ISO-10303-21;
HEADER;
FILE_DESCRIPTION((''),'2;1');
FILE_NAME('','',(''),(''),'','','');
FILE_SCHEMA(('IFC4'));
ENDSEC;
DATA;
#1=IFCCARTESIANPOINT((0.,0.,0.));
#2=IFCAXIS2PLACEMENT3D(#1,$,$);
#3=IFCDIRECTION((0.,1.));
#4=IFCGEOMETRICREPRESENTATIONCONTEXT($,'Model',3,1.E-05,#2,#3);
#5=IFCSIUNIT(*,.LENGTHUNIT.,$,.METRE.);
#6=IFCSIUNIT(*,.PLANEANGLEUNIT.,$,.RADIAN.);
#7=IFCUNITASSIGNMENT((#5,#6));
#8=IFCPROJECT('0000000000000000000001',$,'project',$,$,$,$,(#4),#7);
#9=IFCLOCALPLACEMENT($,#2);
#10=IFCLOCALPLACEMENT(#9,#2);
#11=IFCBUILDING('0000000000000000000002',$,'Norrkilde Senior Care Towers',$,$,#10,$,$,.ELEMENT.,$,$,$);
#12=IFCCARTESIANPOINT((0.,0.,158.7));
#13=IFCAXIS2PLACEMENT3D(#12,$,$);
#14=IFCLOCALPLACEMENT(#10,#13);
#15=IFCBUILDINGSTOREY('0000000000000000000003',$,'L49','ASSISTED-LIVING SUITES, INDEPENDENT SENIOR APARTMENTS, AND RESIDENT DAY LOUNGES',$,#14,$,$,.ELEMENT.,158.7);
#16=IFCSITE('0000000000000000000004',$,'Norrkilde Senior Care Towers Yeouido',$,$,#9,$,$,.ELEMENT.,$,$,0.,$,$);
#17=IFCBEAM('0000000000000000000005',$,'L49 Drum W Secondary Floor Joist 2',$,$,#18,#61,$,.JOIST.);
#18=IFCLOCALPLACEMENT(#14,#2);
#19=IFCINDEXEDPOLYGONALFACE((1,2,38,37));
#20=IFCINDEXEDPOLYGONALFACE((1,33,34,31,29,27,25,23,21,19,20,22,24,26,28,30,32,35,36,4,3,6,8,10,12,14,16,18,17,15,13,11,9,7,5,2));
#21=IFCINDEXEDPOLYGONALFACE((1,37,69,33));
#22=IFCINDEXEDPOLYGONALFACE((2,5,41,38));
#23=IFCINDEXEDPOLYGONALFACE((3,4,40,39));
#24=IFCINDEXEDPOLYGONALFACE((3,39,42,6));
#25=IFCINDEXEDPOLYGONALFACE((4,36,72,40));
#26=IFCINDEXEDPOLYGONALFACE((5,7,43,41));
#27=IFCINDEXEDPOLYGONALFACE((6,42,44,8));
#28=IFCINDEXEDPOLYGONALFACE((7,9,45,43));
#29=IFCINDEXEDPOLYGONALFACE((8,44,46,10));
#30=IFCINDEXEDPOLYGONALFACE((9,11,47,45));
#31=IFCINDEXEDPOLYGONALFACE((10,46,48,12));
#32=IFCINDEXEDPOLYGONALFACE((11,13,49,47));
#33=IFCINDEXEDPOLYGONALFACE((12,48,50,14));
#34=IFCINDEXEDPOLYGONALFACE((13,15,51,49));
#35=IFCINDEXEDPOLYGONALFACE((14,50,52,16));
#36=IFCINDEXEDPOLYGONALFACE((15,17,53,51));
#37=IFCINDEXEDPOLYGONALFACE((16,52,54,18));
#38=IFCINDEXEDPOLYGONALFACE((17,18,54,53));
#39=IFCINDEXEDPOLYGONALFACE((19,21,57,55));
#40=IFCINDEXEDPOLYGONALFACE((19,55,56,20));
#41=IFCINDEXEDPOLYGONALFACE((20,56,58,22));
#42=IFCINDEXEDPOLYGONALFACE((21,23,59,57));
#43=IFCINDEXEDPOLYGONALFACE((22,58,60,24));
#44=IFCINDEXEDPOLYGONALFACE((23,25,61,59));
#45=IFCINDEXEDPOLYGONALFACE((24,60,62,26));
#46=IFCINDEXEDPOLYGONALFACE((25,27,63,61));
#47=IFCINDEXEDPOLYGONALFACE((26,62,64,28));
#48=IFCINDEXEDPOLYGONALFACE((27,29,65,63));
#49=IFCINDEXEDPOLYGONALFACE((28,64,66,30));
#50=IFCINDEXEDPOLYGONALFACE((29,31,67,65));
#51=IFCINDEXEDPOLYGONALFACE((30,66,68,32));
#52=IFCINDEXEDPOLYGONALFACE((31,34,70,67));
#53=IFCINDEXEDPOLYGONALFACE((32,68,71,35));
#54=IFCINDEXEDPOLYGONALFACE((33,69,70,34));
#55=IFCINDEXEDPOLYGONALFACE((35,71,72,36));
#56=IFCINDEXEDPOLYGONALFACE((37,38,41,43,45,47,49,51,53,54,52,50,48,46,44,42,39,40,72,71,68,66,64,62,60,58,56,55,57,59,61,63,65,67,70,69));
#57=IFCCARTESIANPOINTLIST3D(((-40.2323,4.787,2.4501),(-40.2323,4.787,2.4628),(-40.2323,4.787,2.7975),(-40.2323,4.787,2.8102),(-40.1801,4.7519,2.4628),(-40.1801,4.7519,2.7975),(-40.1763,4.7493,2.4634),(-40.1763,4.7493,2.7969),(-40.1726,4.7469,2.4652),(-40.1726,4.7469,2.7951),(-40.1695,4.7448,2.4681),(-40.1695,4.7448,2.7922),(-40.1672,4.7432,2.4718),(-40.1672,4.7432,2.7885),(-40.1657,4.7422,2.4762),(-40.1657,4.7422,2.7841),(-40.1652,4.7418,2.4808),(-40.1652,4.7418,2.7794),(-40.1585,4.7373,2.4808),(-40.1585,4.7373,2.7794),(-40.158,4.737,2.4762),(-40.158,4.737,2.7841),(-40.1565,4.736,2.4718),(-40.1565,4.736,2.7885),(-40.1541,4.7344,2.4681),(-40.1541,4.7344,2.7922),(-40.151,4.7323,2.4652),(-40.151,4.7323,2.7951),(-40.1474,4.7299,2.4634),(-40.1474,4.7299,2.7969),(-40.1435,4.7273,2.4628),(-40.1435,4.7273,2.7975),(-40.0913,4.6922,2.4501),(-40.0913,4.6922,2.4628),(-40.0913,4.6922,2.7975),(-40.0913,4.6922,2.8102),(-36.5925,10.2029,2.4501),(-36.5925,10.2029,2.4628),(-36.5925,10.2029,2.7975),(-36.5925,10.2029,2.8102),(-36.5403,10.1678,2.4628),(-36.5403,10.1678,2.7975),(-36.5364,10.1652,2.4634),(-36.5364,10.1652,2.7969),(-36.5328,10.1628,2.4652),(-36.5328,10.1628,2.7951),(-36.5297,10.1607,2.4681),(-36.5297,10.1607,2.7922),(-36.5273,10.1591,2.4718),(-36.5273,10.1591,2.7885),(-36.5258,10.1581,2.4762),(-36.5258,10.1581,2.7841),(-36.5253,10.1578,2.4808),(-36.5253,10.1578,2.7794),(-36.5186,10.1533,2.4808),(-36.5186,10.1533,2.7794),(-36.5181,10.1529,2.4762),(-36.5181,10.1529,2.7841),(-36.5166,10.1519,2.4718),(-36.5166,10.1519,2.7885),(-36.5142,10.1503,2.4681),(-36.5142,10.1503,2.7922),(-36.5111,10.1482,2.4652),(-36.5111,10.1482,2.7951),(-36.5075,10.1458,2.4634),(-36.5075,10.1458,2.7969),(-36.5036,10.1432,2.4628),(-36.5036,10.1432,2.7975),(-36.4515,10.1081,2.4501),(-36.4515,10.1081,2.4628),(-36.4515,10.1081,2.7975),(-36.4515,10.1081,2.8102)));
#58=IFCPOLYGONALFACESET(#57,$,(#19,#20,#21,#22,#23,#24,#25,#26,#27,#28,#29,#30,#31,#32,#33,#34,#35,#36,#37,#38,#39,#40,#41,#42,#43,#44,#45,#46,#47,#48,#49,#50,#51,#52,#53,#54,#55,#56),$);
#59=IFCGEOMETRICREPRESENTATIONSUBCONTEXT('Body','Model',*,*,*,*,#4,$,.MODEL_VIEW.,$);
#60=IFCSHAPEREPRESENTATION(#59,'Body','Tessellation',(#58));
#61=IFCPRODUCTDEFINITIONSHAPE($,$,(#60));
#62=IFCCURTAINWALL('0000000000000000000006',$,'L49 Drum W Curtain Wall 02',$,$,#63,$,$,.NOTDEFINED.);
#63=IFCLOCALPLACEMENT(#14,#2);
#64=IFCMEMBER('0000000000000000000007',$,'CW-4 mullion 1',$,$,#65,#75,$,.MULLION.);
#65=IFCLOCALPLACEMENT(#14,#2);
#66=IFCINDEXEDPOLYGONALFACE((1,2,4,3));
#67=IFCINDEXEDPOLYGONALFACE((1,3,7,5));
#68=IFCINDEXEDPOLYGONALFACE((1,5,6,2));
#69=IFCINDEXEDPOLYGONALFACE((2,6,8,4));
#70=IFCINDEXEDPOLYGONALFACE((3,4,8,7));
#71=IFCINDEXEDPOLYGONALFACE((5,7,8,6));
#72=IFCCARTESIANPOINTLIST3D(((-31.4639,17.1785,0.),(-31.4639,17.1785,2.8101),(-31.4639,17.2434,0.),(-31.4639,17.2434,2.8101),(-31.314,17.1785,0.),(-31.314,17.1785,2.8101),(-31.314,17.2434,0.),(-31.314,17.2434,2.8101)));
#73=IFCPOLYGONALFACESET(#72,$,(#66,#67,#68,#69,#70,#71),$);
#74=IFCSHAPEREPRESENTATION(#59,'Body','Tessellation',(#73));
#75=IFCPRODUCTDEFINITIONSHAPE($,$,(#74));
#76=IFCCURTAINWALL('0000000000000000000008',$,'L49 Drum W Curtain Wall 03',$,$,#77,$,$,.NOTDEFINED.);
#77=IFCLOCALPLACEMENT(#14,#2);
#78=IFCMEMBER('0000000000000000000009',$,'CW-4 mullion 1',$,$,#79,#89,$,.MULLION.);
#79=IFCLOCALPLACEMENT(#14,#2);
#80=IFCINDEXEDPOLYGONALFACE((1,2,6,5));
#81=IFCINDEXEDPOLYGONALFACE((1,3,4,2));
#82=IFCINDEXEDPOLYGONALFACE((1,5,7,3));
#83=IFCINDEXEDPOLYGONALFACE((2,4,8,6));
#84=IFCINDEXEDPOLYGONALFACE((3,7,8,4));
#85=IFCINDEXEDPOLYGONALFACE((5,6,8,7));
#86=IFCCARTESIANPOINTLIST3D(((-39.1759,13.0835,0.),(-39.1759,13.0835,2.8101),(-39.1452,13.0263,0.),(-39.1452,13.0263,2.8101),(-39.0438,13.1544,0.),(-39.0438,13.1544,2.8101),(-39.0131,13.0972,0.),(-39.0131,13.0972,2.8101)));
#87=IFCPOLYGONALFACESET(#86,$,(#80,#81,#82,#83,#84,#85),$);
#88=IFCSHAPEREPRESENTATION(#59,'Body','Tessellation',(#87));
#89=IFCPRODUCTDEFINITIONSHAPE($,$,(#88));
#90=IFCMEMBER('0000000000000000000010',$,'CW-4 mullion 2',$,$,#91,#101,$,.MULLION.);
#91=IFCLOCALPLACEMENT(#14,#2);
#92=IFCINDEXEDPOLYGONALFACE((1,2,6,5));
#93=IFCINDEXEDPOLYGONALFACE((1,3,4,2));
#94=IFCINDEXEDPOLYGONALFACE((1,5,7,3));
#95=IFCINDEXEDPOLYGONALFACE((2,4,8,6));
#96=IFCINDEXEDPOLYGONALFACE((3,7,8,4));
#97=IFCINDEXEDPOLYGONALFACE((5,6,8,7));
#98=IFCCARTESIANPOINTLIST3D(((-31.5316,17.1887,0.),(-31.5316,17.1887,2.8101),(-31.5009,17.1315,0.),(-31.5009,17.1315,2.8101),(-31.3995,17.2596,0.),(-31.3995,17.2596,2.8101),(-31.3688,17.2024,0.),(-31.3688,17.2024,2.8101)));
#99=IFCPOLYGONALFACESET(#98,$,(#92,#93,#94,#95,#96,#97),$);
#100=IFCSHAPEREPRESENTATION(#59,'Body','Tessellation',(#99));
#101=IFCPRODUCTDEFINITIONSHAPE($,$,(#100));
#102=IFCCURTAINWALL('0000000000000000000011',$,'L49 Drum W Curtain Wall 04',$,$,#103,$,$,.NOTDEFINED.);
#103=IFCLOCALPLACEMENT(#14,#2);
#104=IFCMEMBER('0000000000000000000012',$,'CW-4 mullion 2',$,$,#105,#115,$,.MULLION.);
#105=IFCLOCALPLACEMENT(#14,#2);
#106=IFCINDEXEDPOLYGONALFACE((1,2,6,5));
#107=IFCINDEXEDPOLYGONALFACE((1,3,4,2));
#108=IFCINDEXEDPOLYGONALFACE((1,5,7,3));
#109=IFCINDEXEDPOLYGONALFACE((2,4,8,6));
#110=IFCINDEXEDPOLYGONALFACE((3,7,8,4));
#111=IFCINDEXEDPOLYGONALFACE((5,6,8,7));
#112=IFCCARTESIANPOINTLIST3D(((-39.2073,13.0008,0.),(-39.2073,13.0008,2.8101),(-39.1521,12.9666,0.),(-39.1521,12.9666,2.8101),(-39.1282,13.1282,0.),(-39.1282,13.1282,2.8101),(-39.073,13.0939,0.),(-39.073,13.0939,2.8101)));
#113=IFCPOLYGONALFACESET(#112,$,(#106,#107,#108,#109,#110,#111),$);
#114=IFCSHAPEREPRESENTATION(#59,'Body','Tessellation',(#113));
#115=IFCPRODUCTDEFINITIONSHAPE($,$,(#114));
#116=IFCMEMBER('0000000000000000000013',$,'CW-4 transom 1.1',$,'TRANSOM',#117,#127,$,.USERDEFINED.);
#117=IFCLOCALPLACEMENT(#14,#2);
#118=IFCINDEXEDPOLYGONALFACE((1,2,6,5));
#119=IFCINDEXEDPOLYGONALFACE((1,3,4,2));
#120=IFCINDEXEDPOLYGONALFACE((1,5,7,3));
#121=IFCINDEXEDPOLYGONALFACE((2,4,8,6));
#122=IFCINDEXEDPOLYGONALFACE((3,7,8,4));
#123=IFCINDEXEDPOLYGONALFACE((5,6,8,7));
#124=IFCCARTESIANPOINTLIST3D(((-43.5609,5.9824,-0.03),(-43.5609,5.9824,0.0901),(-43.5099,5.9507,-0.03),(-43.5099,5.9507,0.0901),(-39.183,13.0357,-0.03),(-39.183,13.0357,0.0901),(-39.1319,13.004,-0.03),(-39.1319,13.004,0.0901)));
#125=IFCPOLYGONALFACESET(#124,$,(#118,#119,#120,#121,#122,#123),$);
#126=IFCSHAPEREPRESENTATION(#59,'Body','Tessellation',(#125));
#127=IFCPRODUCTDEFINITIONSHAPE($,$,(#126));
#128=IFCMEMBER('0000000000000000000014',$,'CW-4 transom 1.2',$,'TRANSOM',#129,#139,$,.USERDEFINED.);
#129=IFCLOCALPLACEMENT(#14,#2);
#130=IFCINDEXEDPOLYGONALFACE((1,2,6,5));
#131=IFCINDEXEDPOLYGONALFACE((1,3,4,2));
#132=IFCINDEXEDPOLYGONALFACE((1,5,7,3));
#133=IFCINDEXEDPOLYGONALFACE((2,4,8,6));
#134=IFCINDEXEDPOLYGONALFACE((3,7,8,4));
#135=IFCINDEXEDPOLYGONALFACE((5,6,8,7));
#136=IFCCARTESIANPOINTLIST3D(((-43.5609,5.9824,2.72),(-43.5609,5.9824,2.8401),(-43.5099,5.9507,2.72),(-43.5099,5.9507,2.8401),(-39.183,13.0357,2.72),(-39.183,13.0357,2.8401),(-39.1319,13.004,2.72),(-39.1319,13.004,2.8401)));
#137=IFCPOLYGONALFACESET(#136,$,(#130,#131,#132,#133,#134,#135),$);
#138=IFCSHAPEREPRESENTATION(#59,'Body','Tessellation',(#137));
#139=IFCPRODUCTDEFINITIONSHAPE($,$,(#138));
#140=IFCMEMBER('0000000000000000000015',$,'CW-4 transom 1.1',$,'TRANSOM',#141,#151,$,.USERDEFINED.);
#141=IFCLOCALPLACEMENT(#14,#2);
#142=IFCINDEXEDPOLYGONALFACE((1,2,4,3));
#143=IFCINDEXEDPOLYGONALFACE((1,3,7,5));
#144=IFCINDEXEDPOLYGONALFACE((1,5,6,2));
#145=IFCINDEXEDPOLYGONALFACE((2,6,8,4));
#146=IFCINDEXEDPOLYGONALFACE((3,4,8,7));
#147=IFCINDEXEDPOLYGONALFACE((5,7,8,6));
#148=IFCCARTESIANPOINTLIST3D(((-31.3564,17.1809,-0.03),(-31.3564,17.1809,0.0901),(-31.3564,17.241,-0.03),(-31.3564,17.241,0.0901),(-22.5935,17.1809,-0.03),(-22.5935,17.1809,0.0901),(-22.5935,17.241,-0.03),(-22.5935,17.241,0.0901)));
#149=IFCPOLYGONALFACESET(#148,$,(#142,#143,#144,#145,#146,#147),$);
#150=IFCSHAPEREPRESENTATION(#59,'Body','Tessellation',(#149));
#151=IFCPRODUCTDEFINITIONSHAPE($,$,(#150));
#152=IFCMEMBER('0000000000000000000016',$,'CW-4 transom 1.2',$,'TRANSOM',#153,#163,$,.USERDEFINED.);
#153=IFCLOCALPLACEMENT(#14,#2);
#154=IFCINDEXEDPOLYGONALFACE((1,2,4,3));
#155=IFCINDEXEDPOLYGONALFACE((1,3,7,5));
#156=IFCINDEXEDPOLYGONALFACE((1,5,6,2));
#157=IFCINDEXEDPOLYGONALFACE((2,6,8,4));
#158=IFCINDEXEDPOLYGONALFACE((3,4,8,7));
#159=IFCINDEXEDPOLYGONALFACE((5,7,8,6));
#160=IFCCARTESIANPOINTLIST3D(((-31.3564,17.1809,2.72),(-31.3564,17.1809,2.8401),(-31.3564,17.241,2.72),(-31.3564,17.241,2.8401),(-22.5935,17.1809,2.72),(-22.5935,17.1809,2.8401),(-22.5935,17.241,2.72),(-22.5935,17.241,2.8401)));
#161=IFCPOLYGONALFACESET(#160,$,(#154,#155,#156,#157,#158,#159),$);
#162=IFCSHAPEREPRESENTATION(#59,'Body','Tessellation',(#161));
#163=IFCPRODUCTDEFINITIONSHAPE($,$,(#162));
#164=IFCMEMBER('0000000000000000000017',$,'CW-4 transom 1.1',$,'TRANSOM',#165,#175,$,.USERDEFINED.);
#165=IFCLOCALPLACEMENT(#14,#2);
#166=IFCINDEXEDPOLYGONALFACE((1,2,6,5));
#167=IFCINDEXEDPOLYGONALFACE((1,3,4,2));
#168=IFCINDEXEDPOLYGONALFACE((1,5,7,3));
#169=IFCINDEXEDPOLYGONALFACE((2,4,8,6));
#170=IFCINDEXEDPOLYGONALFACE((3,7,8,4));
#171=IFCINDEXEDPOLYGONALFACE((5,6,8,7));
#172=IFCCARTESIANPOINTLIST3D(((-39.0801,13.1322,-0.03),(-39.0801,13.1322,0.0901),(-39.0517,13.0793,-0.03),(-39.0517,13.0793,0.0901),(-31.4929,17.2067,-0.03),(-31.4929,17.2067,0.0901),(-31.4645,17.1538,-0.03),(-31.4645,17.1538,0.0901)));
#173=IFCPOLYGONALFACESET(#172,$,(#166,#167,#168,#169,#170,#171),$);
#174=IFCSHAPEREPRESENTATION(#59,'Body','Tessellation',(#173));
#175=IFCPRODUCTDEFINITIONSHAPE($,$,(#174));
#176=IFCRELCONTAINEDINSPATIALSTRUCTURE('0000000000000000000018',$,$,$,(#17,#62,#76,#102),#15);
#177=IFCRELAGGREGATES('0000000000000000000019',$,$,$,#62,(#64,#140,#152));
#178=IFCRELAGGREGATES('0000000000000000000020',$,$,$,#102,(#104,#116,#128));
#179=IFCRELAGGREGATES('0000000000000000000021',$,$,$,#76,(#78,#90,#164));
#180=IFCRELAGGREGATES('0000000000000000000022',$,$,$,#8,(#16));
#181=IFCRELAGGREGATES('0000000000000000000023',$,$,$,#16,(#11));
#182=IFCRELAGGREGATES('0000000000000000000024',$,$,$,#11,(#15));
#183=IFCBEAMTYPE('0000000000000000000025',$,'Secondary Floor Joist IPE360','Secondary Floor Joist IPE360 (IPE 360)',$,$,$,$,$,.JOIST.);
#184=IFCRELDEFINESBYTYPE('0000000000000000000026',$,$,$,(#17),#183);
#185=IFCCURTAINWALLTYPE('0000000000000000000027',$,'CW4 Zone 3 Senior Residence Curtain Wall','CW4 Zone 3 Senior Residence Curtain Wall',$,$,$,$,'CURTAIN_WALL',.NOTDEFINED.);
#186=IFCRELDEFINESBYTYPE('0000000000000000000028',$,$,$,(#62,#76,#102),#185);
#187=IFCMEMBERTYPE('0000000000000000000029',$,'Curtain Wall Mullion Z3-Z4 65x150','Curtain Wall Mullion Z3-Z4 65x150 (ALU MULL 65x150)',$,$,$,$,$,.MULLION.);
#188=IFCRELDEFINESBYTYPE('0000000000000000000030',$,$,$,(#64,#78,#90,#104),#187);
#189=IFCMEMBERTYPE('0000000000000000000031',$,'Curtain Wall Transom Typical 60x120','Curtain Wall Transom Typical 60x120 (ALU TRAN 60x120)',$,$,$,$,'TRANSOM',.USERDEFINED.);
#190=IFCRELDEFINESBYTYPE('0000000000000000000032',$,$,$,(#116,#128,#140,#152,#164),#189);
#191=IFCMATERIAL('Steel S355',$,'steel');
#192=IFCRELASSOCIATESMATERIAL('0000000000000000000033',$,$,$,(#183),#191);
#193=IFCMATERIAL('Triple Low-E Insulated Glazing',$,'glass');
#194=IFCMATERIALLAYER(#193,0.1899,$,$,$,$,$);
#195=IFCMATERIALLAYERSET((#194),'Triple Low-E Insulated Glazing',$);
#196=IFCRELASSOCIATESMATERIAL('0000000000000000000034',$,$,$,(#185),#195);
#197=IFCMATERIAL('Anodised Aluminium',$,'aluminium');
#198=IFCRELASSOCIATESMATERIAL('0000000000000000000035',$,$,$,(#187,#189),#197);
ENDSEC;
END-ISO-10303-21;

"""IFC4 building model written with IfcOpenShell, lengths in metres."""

from ifc_helpers import new_model, si_unit, direction, frame, origin, origin_2d, place, context, subcontext, project, spatial, rectangle, i_section, extrude, source, transform, mapped, material, layer, layer_set, material_profile, profile_set, type_object, type_shapes, element, aggregate, save


model = new_model("IFC4")

# Units and contexts
model_context = context("Model", 3, precision=1e-05, world=origin(), true_north=direction((0.0, 1.0)))
body_context = subcontext(model_context, "Body", "Model", "MODEL_VIEW")
ifc_project = project(units=[si_unit("LENGTHUNIT", "METRE"), si_unit("PLANEANGLEUNIT", "RADIAN")], contexts=[model_context])

# Site, building, storey
site_placement = place(None, origin())
site = spatial("IfcSite", under=ifc_project, at=site_placement, Name="Norrkilde Senior Care Towers Yeouido", CompositionType="ELEMENT", RefElevation=0.0)
building_placement = place(site_placement, origin())
building = spatial("IfcBuilding", under=site, at=building_placement, Name="Norrkilde Senior Care Towers", CompositionType="ELEMENT")
storey_placement = place(building_placement, frame((0.0, 0.0, 158.7)))
storey = spatial("IfcBuildingStorey", under=building, at=storey_placement, Name="L49", Description="ASSISTED-LIVING SUITES, INDEPENDENT SENIOR APARTMENTS, AND RESIDENT DAY LOUNGES", CompositionType="ELEMENT", Elevation=158.7)

# Beam
ifc_material_1 = material(Name="Steel S355", Category="steel")
ifc_material_profile_1 = material_profile(ifc_material_1, i_section(OverallWidth=0.1699, OverallDepth=0.3601, WebThickness=0.0081, FlangeThickness=0.0127, FilletRadius=0.0181, at=origin_2d()), Name="IPE 360")
ifc_profile_set_1 = profile_set([ifc_material_profile_1], Name="Steel S355")
beam_type_1 = type_object("IfcBeamType", Name="Secondary Floor Joist IPE360", Description="Secondary Floor Joist IPE360 (IPE 360)", PredefinedType="JOIST", material=ifc_profile_set_1)
shared_shape_1 = source(origin(), body_context, "Body", "SweptSolid", [
    extrude(i_section(OverallWidth=0.1699, OverallDepth=0.3601, WebThickness=0.0081, FlangeThickness=0.0127, FilletRadius=0.0181, at=origin_2d()), origin(), (0.0, 0.0, 1.0), 6.5254),
])
type_shapes(beam_type_1, [shared_shape_1])
beam_1_placement = place(storey_placement, frame((-36.522, 10.1555, 2.6301), z_axis=(-0.557796, -0.829978, 0.0), x_axis=(0.829978, -0.557796, 0.0)))
element("IfcBeam", 1, at=beam_1_placement, inside=storey, type_object=beam_type_1, Name="L49 Drum W Secondary Floor Joist 2", PredefinedType="JOIST", context=body_context, shape_type="MappedRepresentation", body=[
    mapped(shared_shape_1, transform((0.0, 0.0, 0.0), x_axis=(1.0, 0.0, 0.0), y_axis=(0.0, 1.0, 0.0), z_axis=(0.0, 0.0, 1.0), scale=1.0)),
])

# Curtain wall, member
ifc_material_2 = material(Name="Triple Low-E Insulated Glazing", Category="glass")
ifc_layer_1 = layer(ifc_material_2, 0.1899)
ifc_layer_set_1 = layer_set([ifc_layer_1], Name="Triple Low-E Insulated Glazing")
curtain_wall_type = type_object("IfcCurtainWallType", Name="CW4 Zone 3 Senior Residence Curtain Wall", Description="CW4 Zone 3 Senior Residence Curtain Wall", ElementType="CURTAIN_WALL", PredefinedType="NOTDEFINED", material=ifc_layer_set_1)
curtain_wall_1_placement = place(storey_placement, origin())
curtain_wall_1 = element("IfcCurtainWall", 2, at=curtain_wall_1_placement, inside=storey, type_object=curtain_wall_type, Name="L49 Drum W Curtain Wall 02", PredefinedType="NOTDEFINED")
ifc_material_3 = material(Name="Anodised Aluminium", Category="aluminium")
ifc_material_profile_2 = material_profile(ifc_material_3, rectangle(XDim=0.0649, YDim=0.1499, at=origin_2d()), Name="ALU MULL 65x150")
ifc_profile_set_2 = profile_set([ifc_material_profile_2], Name="Anodised Aluminium")
member_type_1 = type_object("IfcMemberType", Name="Curtain Wall Mullion Z3-Z4 65x150", Description="Curtain Wall Mullion Z3-Z4 65x150 (ALU MULL 65x150)", PredefinedType="MULLION", material=ifc_profile_set_2)
shared_shape_2 = source(origin(), body_context, "Body", "SweptSolid", [
    extrude(rectangle(XDim=0.0649, YDim=0.1499, at=origin_2d()), origin(), (0.0, 0.0, 1.0), 2.8101),
])
type_shapes(member_type_1, [shared_shape_2])
member_1_placement = place(storey_placement, frame((-31.3889, 17.2109, 0.0), z_axis=(0.0, 0.0, 1.0), x_axis=(0.0, 1.0, 0.0)))
member_1 = element("IfcMember", 3, at=member_1_placement, type_object=member_type_1, Name="CW-4 mullion 1", PredefinedType="MULLION", context=body_context, shape_type="MappedRepresentation", body=[
    mapped(shared_shape_2, transform((0.0, 0.0, 0.0), x_axis=(1.0, 0.0, 0.0), y_axis=(0.0, 1.0, 0.0), z_axis=(0.0, 0.0, 1.0), scale=1.0)),
])

# Curtain walls, members
curtain_wall_2_placement = place(storey_placement, origin())
curtain_wall_2 = element("IfcCurtainWall", 4, at=curtain_wall_2_placement, inside=storey, type_object=curtain_wall_type, Name="L49 Drum W Curtain Wall 03", PredefinedType="NOTDEFINED")
member_2_placement = place(storey_placement, frame((-39.0945, 13.0903, 0.0), z_axis=(0.0, 0.0, 1.0), x_axis=(-0.473117, 0.881, 0.0)))
member_2 = element("IfcMember", 5, at=member_2_placement, type_object=member_type_1, Name="CW-4 mullion 1", PredefinedType="MULLION", context=body_context, shape_type="MappedRepresentation", body=[
    mapped(shared_shape_2, transform((0.0, 0.0, 0.0), x_axis=(1.0, 0.0, 0.0), y_axis=(0.0, 1.0, 0.0), z_axis=(0.0, 0.0, 1.0), scale=1.0)),
])
member_3_placement = place(storey_placement, frame((-31.4502, 17.1956, 0.0), z_axis=(0.0, 0.0, 1.0), x_axis=(-0.473117, 0.881, 0.0)))
member_3 = element("IfcMember", 6, at=member_3_placement, type_object=member_type_1, Name="CW-4 mullion 2", PredefinedType="MULLION", context=body_context, shape_type="MappedRepresentation", body=[
    mapped(shared_shape_2, transform((0.0, 0.0, 0.0), x_axis=(1.0, 0.0, 0.0), y_axis=(0.0, 1.0, 0.0), z_axis=(0.0, 0.0, 1.0), scale=1.0)),
])
curtain_wall_3_placement = place(storey_placement, origin())
curtain_wall_3 = element("IfcCurtainWall", 7, at=curtain_wall_3_placement, inside=storey, type_object=curtain_wall_type, Name="L49 Drum W Curtain Wall 04", PredefinedType="NOTDEFINED")
member_4_placement = place(storey_placement, frame((-39.1401, 13.0474, 0.0), z_axis=(0.0, 0.0, 1.0), x_axis=(-0.849634, 0.527373, 0.0)))
member_4 = element("IfcMember", 8, at=member_4_placement, type_object=member_type_1, Name="CW-4 mullion 2", PredefinedType="MULLION", context=body_context, shape_type="MappedRepresentation", body=[
    mapped(shared_shape_2, transform((0.0, 0.0, 0.0), x_axis=(1.0, 0.0, 0.0), y_axis=(0.0, 1.0, 0.0), z_axis=(0.0, 0.0, 1.0), scale=1.0)),
])
ifc_material_profile_3 = material_profile(ifc_material_3, rectangle(XDim=0.0601, YDim=0.1201, at=origin_2d()), Name="ALU TRAN 60x120")
ifc_profile_set_3 = profile_set([ifc_material_profile_3], Name="Anodised Aluminium")
member_type_2 = type_object("IfcMemberType", Name="Curtain Wall Transom Typical 60x120", Description="Curtain Wall Transom Typical 60x120 (ALU TRAN 60x120)", ElementType="TRANSOM", PredefinedType="USERDEFINED", material=ifc_profile_set_3)
shared_shape_3 = source(origin(), body_context, "Body", "SweptSolid", [
    extrude(rectangle(XDim=0.0601, YDim=0.1201, at=origin_2d()), origin(), (0.0, 0.0, 1.0), 8.3015),
])
member_5_placement = place(storey_placement, frame((-43.5354, 5.9666, 0.03), z_axis=(0.527369, 0.849637, 0.0), x_axis=(-0.849637, 0.527369, 0.0)))
member_5 = element("IfcMember", 9, at=member_5_placement, type_object=member_type_2, Name="CW-4 transom 1.1", ObjectType="TRANSOM", PredefinedType="USERDEFINED", context=body_context, shape_type="MappedRepresentation", body=[
    mapped(shared_shape_3, transform((0.0, 0.0, 0.0), x_axis=(1.0, 0.0, 0.0), y_axis=(0.0, 1.0, 0.0), z_axis=(0.0, 0.0, 1.0), scale=1.0)),
])
member_6_placement = place(storey_placement, frame((-43.5354, 5.9666, 2.78), z_axis=(0.527369, 0.849637, 0.0), x_axis=(-0.849637, 0.527369, 0.0)))
member_6 = element("IfcMember", 10, at=member_6_placement, type_object=member_type_2, Name="CW-4 transom 1.2", ObjectType="TRANSOM", PredefinedType="USERDEFINED", context=body_context, shape_type="MappedRepresentation", body=[
    mapped(shared_shape_3, transform((0.0, 0.0, 0.0), x_axis=(1.0, 0.0, 0.0), y_axis=(0.0, 1.0, 0.0), z_axis=(0.0, 0.0, 1.0), scale=1.0)),
])

# Members
shared_shape_4 = source(origin(), body_context, "Body", "SweptSolid", [
    extrude(rectangle(XDim=0.0601, YDim=0.1201, at=origin_2d()), origin(), (0.0, 0.0, 1.0), 8.7629),
])
member_7_placement = place(storey_placement, frame((-31.3564, 17.2109, 0.03), z_axis=(1.0, 0.0, 0.0), x_axis=(0.0, 1.0, 0.0)))
member_7 = element("IfcMember", 11, at=member_7_placement, type_object=member_type_2, Name="CW-4 transom 1.1", ObjectType="TRANSOM", PredefinedType="USERDEFINED", context=body_context, shape_type="MappedRepresentation", body=[
    mapped(shared_shape_4, transform((0.0, 0.0, 0.0), x_axis=(1.0, 0.0, 0.0), y_axis=(0.0, 1.0, 0.0), z_axis=(0.0, 0.0, 1.0), scale=1.0)),
])
member_8_placement = place(storey_placement, frame((-31.3564, 17.2109, 2.78), z_axis=(1.0, 0.0, 0.0), x_axis=(0.0, 1.0, 0.0)))
member_8 = element("IfcMember", 12, at=member_8_placement, type_object=member_type_2, Name="CW-4 transom 1.2", ObjectType="TRANSOM", PredefinedType="USERDEFINED", context=body_context, shape_type="MappedRepresentation", body=[
    mapped(shared_shape_4, transform((0.0, 0.0, 0.0), x_axis=(1.0, 0.0, 0.0), y_axis=(0.0, 1.0, 0.0), z_axis=(0.0, 0.0, 1.0), scale=1.0)),
])
aggregate(curtain_wall_1, [member_1, member_7, member_8])
shared_shape_5 = source(origin(), body_context, "Body", "SweptSolid", [
    extrude(rectangle(XDim=0.0601, YDim=0.1201, at=origin_2d()), origin(), (0.0, 0.0, 1.0), 8.6121),
])
type_shapes(member_type_2, [shared_shape_3, shared_shape_4, shared_shape_5])
member_9_placement = place(storey_placement, frame((-39.0659, 13.1057, 0.03), z_axis=(0.881, 0.473116, 0.0), x_axis=(-0.473116, 0.881, 0.0)))
member_9 = element("IfcMember", 13, at=member_9_placement, type_object=member_type_2, Name="CW-4 transom 1.1", ObjectType="TRANSOM", PredefinedType="USERDEFINED", context=body_context, shape_type="MappedRepresentation", body=[
    mapped(shared_shape_5, transform((0.0, 0.0, 0.0), x_axis=(1.0, 0.0, 0.0), y_axis=(0.0, 1.0, 0.0), z_axis=(0.0, 0.0, 1.0), scale=1.0)),
])

aggregate(curtain_wall_3, [member_4, member_5, member_6])
aggregate(curtain_wall_2, [member_2, member_3, member_9])

save(model, "model.ifc")
